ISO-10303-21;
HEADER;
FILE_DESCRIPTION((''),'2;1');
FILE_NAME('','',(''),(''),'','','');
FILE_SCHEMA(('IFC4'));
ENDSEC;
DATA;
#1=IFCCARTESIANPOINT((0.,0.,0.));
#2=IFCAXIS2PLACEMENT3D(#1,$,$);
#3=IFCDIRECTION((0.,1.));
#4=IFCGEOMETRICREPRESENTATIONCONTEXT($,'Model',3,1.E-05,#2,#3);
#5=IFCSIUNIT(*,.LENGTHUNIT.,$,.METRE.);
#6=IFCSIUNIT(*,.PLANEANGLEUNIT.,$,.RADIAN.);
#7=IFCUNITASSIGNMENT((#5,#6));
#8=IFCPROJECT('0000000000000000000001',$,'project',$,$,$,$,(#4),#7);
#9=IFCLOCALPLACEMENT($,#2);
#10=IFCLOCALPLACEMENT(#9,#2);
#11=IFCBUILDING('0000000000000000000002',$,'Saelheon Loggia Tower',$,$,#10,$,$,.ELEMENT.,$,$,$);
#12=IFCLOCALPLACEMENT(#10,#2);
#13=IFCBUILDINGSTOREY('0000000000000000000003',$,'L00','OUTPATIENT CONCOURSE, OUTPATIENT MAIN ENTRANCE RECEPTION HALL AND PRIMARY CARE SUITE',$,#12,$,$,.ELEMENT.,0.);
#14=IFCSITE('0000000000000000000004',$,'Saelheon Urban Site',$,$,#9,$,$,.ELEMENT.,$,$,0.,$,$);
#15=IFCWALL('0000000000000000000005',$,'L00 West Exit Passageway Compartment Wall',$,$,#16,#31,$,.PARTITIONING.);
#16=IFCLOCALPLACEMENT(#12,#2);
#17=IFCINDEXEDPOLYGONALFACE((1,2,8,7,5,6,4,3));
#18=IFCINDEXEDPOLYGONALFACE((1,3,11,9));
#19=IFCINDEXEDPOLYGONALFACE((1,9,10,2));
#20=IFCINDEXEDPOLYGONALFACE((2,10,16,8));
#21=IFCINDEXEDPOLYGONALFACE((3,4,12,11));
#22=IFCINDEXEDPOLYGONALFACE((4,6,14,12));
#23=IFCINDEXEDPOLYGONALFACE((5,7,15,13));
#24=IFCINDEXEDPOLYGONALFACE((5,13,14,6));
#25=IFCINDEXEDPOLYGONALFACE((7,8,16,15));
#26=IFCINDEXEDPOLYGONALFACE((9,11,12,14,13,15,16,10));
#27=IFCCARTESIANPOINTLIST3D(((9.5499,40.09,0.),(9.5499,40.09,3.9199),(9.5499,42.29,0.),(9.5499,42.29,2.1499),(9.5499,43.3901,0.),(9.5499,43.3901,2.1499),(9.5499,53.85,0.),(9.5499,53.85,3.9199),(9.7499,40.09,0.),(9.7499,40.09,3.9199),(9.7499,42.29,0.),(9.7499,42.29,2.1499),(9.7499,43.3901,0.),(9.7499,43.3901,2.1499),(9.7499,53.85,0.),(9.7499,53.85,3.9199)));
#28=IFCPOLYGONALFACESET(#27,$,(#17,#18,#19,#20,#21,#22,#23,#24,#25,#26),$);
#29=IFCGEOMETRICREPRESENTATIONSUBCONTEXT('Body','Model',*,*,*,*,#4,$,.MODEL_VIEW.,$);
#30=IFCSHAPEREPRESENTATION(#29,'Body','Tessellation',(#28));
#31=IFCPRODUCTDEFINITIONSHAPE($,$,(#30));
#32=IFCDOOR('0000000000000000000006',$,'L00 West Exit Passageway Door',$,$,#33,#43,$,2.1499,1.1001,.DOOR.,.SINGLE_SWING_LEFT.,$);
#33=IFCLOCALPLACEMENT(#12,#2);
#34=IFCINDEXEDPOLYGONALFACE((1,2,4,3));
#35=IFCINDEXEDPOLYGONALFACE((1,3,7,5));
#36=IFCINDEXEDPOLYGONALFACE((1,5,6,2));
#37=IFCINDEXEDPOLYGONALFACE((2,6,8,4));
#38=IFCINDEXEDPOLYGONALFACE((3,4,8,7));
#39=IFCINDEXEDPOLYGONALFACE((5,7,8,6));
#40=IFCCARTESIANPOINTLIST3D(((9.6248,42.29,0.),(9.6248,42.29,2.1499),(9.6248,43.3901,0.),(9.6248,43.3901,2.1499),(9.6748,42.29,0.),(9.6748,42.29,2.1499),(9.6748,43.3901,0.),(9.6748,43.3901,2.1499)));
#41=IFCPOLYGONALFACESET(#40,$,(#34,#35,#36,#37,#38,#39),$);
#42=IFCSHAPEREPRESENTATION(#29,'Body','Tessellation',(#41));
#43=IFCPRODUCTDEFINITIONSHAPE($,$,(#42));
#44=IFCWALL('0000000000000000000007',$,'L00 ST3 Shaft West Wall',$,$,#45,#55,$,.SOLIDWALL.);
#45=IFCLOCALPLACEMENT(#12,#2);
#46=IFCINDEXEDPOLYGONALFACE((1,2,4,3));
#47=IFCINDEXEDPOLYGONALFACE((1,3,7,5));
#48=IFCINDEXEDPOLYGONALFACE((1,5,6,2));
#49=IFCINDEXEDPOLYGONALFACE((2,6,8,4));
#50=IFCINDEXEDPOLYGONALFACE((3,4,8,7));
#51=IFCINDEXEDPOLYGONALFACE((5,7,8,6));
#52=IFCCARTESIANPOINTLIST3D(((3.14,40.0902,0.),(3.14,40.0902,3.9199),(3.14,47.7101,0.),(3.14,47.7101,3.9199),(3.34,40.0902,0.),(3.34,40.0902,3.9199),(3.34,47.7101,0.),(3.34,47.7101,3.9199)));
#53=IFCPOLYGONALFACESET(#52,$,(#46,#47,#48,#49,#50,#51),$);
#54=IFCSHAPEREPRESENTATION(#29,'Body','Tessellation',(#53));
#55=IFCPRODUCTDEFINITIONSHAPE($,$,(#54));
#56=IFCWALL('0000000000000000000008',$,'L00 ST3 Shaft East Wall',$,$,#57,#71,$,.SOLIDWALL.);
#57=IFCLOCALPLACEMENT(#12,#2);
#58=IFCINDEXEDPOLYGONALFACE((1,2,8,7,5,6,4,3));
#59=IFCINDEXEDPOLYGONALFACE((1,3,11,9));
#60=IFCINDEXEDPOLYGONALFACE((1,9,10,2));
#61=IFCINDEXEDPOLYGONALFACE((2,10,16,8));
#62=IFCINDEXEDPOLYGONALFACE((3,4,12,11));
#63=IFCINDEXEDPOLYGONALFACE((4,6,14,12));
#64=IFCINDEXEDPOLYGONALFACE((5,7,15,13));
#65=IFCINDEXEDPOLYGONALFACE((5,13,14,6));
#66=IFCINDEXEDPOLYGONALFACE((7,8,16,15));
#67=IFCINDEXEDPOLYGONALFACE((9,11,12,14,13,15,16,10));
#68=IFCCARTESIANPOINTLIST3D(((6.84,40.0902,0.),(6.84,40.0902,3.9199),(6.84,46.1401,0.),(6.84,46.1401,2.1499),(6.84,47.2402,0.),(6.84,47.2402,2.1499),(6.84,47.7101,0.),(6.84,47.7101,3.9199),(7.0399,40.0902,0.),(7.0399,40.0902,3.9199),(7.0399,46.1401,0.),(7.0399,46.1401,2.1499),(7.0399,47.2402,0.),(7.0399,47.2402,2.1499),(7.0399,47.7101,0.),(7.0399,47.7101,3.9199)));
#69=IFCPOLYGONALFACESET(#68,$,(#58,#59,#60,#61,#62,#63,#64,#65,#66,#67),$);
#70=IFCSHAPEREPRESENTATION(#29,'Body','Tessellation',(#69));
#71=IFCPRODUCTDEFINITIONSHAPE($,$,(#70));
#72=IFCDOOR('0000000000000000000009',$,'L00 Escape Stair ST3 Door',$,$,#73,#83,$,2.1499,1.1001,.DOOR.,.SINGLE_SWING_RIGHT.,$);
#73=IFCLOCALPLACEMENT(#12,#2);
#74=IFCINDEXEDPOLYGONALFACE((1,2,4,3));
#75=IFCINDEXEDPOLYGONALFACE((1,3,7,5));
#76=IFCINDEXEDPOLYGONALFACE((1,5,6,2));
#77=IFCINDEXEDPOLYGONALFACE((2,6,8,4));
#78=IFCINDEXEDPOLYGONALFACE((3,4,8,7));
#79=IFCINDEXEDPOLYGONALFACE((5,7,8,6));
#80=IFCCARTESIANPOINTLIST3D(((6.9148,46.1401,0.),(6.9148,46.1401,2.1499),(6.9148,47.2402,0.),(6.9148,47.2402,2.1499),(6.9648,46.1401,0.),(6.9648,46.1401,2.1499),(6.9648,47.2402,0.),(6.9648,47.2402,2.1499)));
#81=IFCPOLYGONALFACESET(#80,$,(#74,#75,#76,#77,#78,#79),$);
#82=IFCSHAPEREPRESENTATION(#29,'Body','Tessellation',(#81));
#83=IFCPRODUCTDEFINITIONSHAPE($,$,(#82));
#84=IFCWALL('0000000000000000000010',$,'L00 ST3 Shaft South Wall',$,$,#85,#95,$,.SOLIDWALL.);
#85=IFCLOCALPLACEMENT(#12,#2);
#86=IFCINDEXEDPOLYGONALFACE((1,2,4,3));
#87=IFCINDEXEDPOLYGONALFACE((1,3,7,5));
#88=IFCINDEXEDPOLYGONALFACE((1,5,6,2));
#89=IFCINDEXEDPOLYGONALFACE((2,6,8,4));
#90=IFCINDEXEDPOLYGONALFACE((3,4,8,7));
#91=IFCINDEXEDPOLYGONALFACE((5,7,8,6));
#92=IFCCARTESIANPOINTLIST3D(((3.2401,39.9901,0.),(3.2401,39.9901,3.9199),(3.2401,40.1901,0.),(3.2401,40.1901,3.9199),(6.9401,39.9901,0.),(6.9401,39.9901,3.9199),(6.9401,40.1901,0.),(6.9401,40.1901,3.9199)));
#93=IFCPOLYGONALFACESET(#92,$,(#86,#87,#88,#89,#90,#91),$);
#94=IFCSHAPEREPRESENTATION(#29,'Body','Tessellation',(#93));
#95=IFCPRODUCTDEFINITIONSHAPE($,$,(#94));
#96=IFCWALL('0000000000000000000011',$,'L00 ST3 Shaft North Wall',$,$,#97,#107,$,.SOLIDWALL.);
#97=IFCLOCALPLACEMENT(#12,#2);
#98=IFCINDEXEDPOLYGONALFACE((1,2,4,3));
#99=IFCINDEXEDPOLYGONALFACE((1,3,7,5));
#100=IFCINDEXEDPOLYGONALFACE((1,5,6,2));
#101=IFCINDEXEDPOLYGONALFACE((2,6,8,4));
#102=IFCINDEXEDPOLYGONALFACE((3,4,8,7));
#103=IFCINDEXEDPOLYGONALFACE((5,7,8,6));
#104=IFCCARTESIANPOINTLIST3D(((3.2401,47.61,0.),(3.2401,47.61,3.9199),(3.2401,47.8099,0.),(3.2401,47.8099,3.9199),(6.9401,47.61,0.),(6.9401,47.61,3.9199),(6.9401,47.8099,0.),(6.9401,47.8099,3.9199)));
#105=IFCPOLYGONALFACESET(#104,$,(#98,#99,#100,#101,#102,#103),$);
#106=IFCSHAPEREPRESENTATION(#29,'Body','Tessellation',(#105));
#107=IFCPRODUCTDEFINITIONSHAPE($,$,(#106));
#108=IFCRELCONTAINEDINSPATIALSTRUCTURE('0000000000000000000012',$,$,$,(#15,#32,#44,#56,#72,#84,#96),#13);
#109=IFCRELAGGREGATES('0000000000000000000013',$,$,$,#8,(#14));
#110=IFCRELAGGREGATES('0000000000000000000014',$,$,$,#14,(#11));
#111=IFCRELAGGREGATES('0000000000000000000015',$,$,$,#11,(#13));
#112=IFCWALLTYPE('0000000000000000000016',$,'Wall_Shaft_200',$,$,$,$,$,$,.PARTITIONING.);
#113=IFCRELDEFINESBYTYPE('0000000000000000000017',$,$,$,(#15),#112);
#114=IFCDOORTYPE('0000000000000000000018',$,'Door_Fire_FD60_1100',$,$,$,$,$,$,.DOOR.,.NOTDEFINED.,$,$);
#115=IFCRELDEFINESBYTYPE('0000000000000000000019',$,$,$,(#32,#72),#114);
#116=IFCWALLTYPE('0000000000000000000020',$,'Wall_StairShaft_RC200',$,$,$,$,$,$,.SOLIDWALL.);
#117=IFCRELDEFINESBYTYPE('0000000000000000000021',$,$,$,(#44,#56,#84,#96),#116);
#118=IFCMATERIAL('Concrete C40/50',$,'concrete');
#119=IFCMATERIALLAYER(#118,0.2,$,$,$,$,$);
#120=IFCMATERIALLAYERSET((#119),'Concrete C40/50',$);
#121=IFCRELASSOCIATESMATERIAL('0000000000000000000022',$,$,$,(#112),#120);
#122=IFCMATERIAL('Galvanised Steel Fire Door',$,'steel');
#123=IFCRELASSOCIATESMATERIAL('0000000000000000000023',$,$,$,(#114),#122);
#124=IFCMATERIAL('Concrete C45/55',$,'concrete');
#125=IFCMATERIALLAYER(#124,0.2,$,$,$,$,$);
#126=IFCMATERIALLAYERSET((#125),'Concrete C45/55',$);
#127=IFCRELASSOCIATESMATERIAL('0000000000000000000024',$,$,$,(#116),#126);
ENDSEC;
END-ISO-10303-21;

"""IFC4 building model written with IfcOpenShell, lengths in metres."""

from ifc_helpers import new_model, si_unit, direction, frame, frame_2d, origin, place, context, subcontext, project, spatial, rectangle, extrude, source, transform, mapped, material, layer, layer_set, type_object, element, fill, save


model = new_model("IFC4")

# Units and contexts
model_context = context("Model", 3, precision=1e-05, world=origin(), true_north=direction((0.0, 1.0)))
body_context = subcontext(model_context, "Body", "Model", "MODEL_VIEW")
ifc_project = project(units=[si_unit("LENGTHUNIT", "METRE"), si_unit("PLANEANGLEUNIT", "RADIAN")], contexts=[model_context])

# Site, building, storey
site_placement = place(None, origin())
site = spatial("IfcSite", under=ifc_project, at=site_placement, Name="Saelheon Urban Site", CompositionType="ELEMENT", RefElevation=0.0)
building_placement = place(site_placement, origin())
building = spatial("IfcBuilding", under=site, at=building_placement, Name="Saelheon Loggia Tower", CompositionType="ELEMENT")
storey_placement = place(building_placement, origin())
storey = spatial("IfcBuildingStorey", under=building, at=storey_placement, Name="L00", Description="OUTPATIENT CONCOURSE, OUTPATIENT MAIN ENTRANCE RECEPTION HALL AND PRIMARY CARE SUITE", CompositionType="ELEMENT", Elevation=0.0)

# Shared definitions
ifc_material_1 = material(Name="Concrete C45/55", Category="concrete")

# Shared definitions
ifc_material_2 = material(Name="Galvanised Steel Fire Door", Category="steel")

# Shared definitions
ifc_material_3 = material(Name="Concrete C40/50", Category="concrete")
ifc_layer_1 = layer(ifc_material_3, 0.2)
ifc_layer_set_1 = layer_set([ifc_layer_1], Name="Concrete C40/50")
wall_type_1 = type_object("IfcWallType", Name="Wall_Shaft_200", PredefinedType="PARTITIONING", material=ifc_layer_set_1)

# Wall, opening, door
wall_1_placement = place(storey_placement, frame((9.6499, 40.0901, 0.0), z_axis=(0.0, 0.0, 1.0), x_axis=(0.0, 1.0, 0.0)))
wall_1 = element("IfcWall", 1, at=wall_1_placement, inside=storey, type_object=wall_type_1, Name="L00 West Exit Passageway Compartment Wall", PredefinedType="PARTITIONING", context=body_context, shape_type="SweptSolid", body=[
    extrude(rectangle(XDim=13.76, YDim=0.2, at=frame_2d((6.8799, 0.0))), origin(), (0.0, 0.0, 1.0), 3.9199),
])
opening_1_placement = place(wall_1_placement, frame((3.3, 0.0, 0.0), z_axis=(0.0, 0.0, 1.0), x_axis=(-1.0, 0.0, 0.0)))
opening_1 = element("IfcOpeningElement", 2, at=opening_1_placement, cuts=wall_1, PredefinedType="OPENING", context=body_context, shape_type="SweptSolid", body=[
    extrude(rectangle(XDim=1.1001, YDim=2.1499, at=frame_2d((0.55, 1.075))), frame((0.0, 0.1121, 0.0), z_axis=(0.0, -1.0, 0.0), x_axis=(1.0, 0.0, 0.0)), (0.0, 0.0, 1.0), 0.2239),
])
door_type_1 = type_object("IfcDoorType", Name="Door_Fire_FD60_1100", OperationType="NOTDEFINED", PredefinedType="DOOR", material=ifc_material_2)
shared_shape_1 = source(origin(), body_context, "Body", "SweptSolid", [
    extrude(rectangle(XDim=1.1001, YDim=2.1499, at=frame_2d((0.55, 1.075))), frame((0.0, 0.0249, 0.0), z_axis=(0.0, -1.0, 0.0), x_axis=(1.0, 0.0, 0.0)), (0.0, 0.0, 1.0), 0.05),
])
door_1_placement = place(opening_1_placement, origin())
door_1 = element("IfcDoor", 3, at=door_1_placement, inside=storey, type_object=door_type_1, Name="L00 West Exit Passageway Door", OperationType="SINGLE_SWING_LEFT", OverallHeight=2.1499, OverallWidth=1.1001, PredefinedType="DOOR", context=body_context, shape_type="MappedRepresentation", body=[
    mapped(shared_shape_1, transform((0.0, 0.0, 0.0), scale=1.0)),
])
fill(opening_1, door_1)

# Wall
ifc_layer_2 = layer(ifc_material_1, 0.2)
ifc_layer_set_2 = layer_set([ifc_layer_2], Name="Concrete C45/55")
wall_type_2 = type_object("IfcWallType", Name="Wall_StairShaft_RC200", PredefinedType="SOLIDWALL", material=ifc_layer_set_2)
wall_2_placement = place(storey_placement, frame((3.24, 40.0901, 0.0), z_axis=(0.0, 0.0, 1.0), x_axis=(0.0, 1.0, 0.0)))
element("IfcWall", 4, at=wall_2_placement, inside=storey, type_object=wall_type_2, Name="L00 ST3 Shaft West Wall", PredefinedType="SOLIDWALL", context=body_context, shape_type="SweptSolid", body=[
    extrude(rectangle(XDim=7.6199, YDim=0.2, at=frame_2d((3.8101, 0.0))), origin(), (0.0, 0.0, 1.0), 3.9199),
])

# Wall, opening, door
wall_3_placement = place(storey_placement, frame((6.9399, 40.0901, 0.0), z_axis=(0.0, 0.0, 1.0), x_axis=(0.0, 1.0, 0.0)))
wall_3 = element("IfcWall", 5, at=wall_3_placement, inside=storey, type_object=wall_type_2, Name="L00 ST3 Shaft East Wall", PredefinedType="SOLIDWALL", context=body_context, shape_type="SweptSolid", body=[
    extrude(rectangle(XDim=7.6199, YDim=0.2, at=frame_2d((3.8101, 0.0))), origin(), (0.0, 0.0, 1.0), 3.9199),
])
opening_2_placement = place(wall_3_placement, frame((7.1501, 0.0, 0.0), z_axis=(0.0, 0.0, 1.0), x_axis=(-1.0, 0.0, 0.0)))
opening_2 = element("IfcOpeningElement", 6, at=opening_2_placement, cuts=wall_3, PredefinedType="OPENING", context=body_context, shape_type="SweptSolid", body=[
    extrude(rectangle(XDim=1.1001, YDim=2.1499, at=frame_2d((0.55, 1.075))), frame((0.0, 0.1121, 0.0), z_axis=(0.0, -1.0, 0.0), x_axis=(1.0, 0.0, 0.0)), (0.0, 0.0, 1.0), 0.2239),
])
door_2_placement = place(opening_2_placement, origin())
door_2 = element("IfcDoor", 7, at=door_2_placement, inside=storey, type_object=door_type_1, Name="L00 Escape Stair ST3 Door", OperationType="SINGLE_SWING_RIGHT", OverallHeight=2.1499, OverallWidth=1.1001, PredefinedType="DOOR", context=body_context, shape_type="MappedRepresentation", body=[
    mapped(shared_shape_1, transform((0.0, 0.0, 0.0), scale=1.0)),
])
fill(opening_2, door_2)

# Walls
for number, where, z_axis, x_axis, name in (
    (8, (3.24, 40.0901, 0.0), (0.0, 0.0, 1.0), (1.0, 0.0, 0.0), "L00 ST3 Shaft South Wall"),
    (9, (3.24, 47.71, 0.0), (0.0, 0.0, 1.0), (1.0, 0.0, 0.0), "L00 ST3 Shaft North Wall"),
):
    element("IfcWall", number, at=place(storey_placement, frame(where, z_axis=z_axis, x_axis=x_axis)), inside=storey, type_object=wall_type_2, Name=name, PredefinedType="SOLIDWALL", context=body_context, shape_type="SweptSolid", body=[
        extrude(rectangle(XDim=3.7, YDim=0.2, at=frame_2d((1.8501, 0.0))), origin(), (0.0, 0.0, 1.0), 3.9199),
    ])

save(model, "model.ifc")
